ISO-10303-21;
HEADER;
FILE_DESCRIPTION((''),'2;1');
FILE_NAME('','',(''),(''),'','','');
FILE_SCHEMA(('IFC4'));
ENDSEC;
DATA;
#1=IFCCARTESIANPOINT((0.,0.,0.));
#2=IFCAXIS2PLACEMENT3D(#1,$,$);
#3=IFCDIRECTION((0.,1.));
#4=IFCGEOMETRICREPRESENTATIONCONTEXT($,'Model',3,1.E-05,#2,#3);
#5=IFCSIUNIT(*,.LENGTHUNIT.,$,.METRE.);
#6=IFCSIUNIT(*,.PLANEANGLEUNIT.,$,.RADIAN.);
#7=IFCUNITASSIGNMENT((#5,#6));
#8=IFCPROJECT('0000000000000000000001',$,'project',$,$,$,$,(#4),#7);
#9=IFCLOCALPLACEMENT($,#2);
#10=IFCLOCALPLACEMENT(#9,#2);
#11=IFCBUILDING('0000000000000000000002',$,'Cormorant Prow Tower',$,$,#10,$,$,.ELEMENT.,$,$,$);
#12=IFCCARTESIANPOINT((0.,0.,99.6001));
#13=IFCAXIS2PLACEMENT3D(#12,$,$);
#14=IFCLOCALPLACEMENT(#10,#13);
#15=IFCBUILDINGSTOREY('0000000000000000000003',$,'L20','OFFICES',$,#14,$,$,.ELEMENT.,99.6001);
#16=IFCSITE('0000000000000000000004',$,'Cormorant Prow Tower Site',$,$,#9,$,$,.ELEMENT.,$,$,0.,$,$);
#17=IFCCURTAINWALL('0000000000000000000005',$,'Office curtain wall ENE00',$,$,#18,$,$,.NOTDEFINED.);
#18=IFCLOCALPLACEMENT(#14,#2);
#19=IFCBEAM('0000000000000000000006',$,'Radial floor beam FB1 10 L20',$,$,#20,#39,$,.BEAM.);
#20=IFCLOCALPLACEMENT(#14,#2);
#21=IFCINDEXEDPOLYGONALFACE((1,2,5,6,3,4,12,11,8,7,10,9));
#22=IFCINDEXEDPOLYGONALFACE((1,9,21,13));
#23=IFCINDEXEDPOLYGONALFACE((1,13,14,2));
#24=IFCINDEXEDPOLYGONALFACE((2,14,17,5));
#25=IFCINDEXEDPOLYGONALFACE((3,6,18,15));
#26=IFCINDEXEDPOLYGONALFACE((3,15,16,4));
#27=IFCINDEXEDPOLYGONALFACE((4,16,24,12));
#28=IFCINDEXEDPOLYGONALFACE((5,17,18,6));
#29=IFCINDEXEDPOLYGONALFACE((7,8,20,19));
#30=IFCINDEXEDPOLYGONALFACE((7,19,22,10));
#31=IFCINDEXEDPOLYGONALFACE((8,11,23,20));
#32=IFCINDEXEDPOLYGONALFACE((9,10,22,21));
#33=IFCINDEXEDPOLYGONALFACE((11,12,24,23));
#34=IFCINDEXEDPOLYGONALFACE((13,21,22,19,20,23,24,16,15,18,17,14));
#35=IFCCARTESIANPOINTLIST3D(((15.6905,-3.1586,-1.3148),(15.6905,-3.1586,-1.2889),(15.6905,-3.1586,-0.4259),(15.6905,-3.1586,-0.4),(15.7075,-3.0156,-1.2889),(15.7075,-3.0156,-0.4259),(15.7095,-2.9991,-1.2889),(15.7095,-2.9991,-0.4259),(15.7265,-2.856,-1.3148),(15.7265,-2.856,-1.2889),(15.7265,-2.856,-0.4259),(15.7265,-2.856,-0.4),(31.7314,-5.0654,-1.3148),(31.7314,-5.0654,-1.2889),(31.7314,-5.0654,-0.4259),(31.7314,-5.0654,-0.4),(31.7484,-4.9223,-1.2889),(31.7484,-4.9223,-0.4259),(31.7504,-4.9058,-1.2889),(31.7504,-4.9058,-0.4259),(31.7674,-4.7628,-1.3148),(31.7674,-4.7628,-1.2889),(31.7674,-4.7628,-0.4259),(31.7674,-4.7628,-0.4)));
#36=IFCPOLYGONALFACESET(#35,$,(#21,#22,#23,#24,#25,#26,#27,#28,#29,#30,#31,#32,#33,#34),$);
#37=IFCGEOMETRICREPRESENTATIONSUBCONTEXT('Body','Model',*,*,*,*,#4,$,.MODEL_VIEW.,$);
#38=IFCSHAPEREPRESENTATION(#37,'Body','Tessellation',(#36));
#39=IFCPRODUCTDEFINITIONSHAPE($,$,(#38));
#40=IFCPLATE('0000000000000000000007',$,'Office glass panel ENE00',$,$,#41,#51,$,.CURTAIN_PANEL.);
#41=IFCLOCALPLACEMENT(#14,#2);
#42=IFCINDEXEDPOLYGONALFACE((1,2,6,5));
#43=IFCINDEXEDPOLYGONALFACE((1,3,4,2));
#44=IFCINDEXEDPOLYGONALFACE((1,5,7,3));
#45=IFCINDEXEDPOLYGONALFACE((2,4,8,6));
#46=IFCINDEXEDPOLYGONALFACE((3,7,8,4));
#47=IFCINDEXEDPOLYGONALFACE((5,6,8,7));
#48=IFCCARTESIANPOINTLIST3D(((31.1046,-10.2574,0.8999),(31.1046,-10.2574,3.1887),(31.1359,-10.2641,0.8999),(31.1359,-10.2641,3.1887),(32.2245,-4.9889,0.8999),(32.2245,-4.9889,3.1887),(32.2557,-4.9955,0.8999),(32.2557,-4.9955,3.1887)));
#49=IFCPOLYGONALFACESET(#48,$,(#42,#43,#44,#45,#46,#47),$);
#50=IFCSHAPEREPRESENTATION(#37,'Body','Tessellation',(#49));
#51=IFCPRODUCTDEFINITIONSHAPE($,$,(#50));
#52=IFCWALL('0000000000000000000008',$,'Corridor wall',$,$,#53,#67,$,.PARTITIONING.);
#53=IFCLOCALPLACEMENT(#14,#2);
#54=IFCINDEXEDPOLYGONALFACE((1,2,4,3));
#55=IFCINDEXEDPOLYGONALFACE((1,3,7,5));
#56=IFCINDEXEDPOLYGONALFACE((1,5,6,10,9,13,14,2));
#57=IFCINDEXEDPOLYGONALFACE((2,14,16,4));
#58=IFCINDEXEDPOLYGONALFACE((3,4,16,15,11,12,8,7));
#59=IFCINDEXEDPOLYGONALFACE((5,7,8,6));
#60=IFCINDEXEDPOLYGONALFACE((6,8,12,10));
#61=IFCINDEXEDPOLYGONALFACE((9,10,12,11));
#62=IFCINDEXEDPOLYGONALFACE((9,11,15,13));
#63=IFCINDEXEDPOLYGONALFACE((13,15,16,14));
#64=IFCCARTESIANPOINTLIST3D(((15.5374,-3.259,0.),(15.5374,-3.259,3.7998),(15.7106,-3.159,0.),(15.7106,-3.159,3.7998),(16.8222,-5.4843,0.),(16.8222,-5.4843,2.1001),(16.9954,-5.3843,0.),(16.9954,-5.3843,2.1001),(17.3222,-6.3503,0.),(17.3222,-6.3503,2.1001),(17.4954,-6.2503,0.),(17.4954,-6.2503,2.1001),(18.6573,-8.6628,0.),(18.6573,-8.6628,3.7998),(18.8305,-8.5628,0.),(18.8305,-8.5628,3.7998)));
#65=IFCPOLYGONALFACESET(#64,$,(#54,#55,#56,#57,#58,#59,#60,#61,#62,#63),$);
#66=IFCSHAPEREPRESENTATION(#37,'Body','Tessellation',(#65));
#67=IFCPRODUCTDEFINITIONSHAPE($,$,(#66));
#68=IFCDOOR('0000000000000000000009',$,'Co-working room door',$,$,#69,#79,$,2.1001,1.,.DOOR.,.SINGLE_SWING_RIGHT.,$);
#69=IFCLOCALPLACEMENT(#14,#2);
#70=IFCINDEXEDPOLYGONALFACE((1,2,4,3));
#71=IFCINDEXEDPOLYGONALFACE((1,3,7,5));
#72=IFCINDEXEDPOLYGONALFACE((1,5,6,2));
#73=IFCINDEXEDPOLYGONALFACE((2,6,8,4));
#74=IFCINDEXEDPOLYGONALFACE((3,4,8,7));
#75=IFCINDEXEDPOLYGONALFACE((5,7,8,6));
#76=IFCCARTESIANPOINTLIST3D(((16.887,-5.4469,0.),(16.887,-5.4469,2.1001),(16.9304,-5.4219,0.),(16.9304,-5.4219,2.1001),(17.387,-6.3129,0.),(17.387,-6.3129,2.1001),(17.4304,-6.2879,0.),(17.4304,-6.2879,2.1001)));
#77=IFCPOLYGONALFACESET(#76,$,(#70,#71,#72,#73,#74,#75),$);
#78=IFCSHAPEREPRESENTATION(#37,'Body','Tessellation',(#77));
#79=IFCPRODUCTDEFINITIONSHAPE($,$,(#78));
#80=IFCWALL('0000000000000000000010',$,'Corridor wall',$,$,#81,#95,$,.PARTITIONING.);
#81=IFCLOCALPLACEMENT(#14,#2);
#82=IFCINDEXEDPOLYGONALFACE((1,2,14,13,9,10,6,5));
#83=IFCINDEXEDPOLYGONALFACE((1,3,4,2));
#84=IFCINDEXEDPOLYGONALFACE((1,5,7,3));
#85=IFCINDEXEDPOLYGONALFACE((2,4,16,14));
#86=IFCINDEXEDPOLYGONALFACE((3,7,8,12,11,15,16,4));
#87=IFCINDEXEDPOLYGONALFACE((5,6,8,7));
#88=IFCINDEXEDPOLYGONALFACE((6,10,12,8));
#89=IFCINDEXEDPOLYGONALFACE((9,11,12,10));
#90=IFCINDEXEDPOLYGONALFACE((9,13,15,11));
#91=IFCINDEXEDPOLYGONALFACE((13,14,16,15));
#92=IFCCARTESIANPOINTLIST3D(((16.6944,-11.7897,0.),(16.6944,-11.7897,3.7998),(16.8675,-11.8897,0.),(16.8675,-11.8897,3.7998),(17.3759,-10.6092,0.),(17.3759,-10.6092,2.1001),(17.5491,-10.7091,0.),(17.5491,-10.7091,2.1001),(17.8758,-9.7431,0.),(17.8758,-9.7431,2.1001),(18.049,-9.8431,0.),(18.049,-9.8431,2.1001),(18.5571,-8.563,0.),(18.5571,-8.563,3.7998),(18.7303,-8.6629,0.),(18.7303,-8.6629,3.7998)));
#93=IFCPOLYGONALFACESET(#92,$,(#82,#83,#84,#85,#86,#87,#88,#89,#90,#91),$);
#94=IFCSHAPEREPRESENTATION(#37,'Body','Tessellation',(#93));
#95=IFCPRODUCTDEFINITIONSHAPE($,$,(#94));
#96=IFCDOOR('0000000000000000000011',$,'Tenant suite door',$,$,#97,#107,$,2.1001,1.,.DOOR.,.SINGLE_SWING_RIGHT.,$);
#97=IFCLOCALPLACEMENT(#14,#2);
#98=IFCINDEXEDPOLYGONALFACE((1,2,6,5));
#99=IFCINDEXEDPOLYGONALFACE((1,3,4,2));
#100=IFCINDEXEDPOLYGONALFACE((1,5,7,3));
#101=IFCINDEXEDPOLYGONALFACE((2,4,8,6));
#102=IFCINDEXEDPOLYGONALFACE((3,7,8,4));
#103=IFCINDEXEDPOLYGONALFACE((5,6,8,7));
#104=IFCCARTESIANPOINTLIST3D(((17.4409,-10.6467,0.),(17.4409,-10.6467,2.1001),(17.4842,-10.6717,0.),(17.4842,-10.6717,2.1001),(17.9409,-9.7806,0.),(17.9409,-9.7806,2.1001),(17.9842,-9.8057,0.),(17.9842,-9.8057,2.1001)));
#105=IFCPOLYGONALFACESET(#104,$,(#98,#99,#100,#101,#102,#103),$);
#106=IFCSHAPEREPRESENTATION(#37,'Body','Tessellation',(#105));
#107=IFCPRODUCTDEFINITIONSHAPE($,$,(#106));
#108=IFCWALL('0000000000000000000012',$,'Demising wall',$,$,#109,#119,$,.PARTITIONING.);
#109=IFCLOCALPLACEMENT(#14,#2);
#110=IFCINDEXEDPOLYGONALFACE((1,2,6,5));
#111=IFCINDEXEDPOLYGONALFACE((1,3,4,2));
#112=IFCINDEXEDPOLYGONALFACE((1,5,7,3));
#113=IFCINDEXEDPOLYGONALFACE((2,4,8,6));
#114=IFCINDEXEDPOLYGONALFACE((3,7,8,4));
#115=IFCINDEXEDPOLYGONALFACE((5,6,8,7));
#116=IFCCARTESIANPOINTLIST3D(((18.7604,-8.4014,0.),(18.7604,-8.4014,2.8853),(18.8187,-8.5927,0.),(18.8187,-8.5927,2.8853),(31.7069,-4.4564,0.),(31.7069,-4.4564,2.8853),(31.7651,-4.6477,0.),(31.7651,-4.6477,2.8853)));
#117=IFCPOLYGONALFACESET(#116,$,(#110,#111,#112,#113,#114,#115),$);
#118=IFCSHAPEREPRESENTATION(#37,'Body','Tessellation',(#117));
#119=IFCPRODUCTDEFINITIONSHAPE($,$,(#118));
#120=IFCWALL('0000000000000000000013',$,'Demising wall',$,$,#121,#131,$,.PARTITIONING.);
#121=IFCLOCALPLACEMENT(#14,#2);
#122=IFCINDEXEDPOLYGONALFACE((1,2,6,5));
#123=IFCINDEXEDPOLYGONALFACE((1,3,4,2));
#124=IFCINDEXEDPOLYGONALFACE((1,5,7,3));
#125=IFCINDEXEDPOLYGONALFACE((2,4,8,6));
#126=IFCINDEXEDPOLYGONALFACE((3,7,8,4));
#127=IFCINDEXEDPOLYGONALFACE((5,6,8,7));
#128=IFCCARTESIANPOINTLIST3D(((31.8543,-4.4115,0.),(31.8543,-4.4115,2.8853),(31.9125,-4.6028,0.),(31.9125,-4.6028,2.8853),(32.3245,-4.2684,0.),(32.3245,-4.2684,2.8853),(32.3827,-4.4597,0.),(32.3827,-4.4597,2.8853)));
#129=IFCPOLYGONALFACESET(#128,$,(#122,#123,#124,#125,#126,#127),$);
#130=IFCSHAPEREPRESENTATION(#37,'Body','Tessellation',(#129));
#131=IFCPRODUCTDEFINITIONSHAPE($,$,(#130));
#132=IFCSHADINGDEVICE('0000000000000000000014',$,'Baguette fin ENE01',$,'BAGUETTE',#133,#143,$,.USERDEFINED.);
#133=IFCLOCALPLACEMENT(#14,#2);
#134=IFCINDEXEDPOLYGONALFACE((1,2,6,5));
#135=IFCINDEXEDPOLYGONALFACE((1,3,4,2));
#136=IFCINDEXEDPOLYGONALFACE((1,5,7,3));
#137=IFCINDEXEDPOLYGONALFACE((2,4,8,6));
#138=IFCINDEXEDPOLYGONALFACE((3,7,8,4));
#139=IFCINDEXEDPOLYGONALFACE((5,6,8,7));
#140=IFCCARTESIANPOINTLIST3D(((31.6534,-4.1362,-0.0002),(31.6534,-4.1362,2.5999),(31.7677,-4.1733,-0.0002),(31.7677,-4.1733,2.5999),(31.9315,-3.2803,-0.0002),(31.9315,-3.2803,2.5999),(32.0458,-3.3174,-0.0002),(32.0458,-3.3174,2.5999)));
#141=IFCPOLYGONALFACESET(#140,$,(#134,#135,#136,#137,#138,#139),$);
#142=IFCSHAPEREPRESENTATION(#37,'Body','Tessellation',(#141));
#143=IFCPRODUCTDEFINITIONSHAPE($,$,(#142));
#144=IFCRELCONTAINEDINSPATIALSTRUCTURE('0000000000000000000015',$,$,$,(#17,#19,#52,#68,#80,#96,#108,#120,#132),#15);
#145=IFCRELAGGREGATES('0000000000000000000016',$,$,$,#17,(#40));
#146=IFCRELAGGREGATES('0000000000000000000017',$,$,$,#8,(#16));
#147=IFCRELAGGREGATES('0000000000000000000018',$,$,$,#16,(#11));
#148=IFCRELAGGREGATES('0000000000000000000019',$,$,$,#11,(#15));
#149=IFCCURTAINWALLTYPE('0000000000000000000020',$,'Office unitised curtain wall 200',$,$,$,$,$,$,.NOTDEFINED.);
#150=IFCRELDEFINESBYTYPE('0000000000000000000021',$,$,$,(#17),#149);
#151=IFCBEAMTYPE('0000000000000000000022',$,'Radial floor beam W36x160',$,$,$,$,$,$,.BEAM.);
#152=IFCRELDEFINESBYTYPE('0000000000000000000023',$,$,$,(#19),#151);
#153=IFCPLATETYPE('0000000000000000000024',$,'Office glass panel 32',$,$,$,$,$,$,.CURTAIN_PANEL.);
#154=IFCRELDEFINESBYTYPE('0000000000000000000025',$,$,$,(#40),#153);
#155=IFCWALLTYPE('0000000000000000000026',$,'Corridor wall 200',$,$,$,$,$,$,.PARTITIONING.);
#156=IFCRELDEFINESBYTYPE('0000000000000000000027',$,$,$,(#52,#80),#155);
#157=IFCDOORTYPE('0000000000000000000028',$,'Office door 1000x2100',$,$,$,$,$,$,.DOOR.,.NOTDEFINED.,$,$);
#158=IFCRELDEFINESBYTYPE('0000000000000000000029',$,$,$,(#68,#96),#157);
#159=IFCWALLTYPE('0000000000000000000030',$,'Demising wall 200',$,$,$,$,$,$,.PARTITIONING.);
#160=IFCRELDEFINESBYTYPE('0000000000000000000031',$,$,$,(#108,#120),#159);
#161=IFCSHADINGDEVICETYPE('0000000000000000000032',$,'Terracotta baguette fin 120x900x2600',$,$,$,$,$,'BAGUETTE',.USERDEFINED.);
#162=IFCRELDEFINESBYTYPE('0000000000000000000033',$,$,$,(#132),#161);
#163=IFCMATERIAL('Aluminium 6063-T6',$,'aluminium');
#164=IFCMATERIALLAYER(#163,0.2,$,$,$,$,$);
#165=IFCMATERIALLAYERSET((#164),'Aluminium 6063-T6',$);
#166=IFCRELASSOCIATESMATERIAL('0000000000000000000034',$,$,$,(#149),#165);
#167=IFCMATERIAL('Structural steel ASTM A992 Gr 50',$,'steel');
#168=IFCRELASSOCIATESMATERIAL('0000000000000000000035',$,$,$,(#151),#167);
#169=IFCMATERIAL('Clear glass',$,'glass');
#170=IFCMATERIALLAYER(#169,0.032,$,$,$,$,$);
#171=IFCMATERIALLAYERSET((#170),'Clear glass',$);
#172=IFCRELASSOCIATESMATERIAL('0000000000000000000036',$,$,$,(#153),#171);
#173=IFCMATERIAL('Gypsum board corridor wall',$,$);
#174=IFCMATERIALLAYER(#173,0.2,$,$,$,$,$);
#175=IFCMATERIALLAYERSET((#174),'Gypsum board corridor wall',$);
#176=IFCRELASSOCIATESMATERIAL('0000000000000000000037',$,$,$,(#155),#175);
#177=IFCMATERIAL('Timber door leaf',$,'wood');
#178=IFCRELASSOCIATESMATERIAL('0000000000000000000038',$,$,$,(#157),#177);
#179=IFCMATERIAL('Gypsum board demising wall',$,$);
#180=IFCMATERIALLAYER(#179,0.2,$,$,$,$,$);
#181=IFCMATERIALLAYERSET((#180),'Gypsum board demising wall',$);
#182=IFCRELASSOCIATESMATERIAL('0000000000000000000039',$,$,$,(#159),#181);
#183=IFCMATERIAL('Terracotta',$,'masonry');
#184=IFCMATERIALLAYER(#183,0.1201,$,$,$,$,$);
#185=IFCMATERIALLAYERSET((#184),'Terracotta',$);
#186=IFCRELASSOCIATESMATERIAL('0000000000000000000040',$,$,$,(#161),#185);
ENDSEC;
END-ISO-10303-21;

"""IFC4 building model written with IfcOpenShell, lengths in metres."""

from ifc_helpers import new_model, si_unit, direction, frame, frame_2d, origin, origin_2d, place, context, subcontext, project, spatial, rectangle, i_section, extrude, material, layer, layer_set, material_profile, profile_set, type_object, element, fill, aggregate, save


model = new_model("IFC4")

# Units and contexts
model_context = context("Model", 3, precision=1e-05, world=origin(), true_north=direction((0.0, 1.0)))
body_context = subcontext(model_context, "Body", "Model", "MODEL_VIEW")
ifc_project = project(units=[si_unit("LENGTHUNIT", "METRE"), si_unit("PLANEANGLEUNIT", "RADIAN")], contexts=[model_context])

# Site, building, storey
site_placement = place(None, origin())
site = spatial("IfcSite", under=ifc_project, at=site_placement, Name="Cormorant Prow Tower Site", CompositionType="ELEMENT", RefElevation=0.0)
building_placement = place(site_placement, origin())
building = spatial("IfcBuilding", under=site, at=building_placement, Name="Cormorant Prow Tower", CompositionType="ELEMENT")
storey_placement = place(building_placement, frame((0.0, 0.0, 99.6001)))
storey = spatial("IfcBuildingStorey", under=building, at=storey_placement, Name="L20", Description="OFFICES", CompositionType="ELEMENT", Elevation=99.6001)

# Curtain wall
ifc_material_1 = material(Name="Aluminium 6063-T6", Category="aluminium")
ifc_layer_1 = layer(ifc_material_1, 0.2)
ifc_layer_set_1 = layer_set([ifc_layer_1], Name="Aluminium 6063-T6")
curtain_wall_type = type_object("IfcCurtainWallType", Name="Office unitised curtain wall 200", PredefinedType="NOTDEFINED", material=ifc_layer_set_1)
curtain_wall_1_placement = place(storey_placement, origin())
curtain_wall_1 = element("IfcCurtainWall", 1, at=curtain_wall_1_placement, inside=storey, type_object=curtain_wall_type, Name="Office curtain wall ENE00", PredefinedType="NOTDEFINED")

# Beam
ifc_material_2 = material(Name="Structural steel ASTM A992 Gr 50", Category="steel")
ifc_material_profile_1 = material_profile(ifc_material_2, i_section(OverallWidth=0.3047, OverallDepth=0.9148, WebThickness=0.0166, FlangeThickness=0.0259, at=origin_2d()), Name="W36x160")
ifc_profile_set_1 = profile_set([ifc_material_profile_1], Name="Structural steel ASTM A992 Gr 50")
beam_type_1 = type_object("IfcBeamType", Name="Radial floor beam W36x160", PredefinedType="BEAM", material=ifc_profile_set_1)
beam_1_placement = place(storey_placement, frame((15.7085, -3.0073, -0.8574), z_axis=(0.993009, -0.118037, 0.0), x_axis=(0.118037, 0.993009, 0.0)))
element("IfcBeam", 2, at=beam_1_placement, inside=storey, type_object=beam_type_1, Name="Radial floor beam FB1 10 L20", PredefinedType="BEAM", context=body_context, shape_type="SweptSolid", body=[
    extrude(i_section(OverallWidth=0.3047, OverallDepth=0.9148, WebThickness=0.0166, FlangeThickness=0.0259, at=origin_2d()), origin(), (0.0, 0.0, 1.0), 16.1538),
])

# Plate
ifc_material_3 = material(Name="Clear glass", Category="glass")
ifc_layer_2 = layer(ifc_material_3, 0.032)
ifc_layer_set_2 = layer_set([ifc_layer_2], Name="Clear glass")
plate_type = type_object("IfcPlateType", Name="Office glass panel 32", PredefinedType="CURTAIN_PANEL", material=ifc_layer_set_2)
plate_placement = place(storey_placement, frame((31.6802, -7.6265, 0.8999), z_axis=(0.0, 0.0, 1.0), x_axis=(0.207912, 0.978148, 0.0)))
plate = element("IfcPlate", 3, at=plate_placement, type_object=plate_type, Name="Office glass panel ENE00", PredefinedType="CURTAIN_PANEL", context=body_context, shape_type="SweptSolid", body=[
    extrude(rectangle(XDim=5.3862, YDim=0.032, at=origin_2d()), origin(), (0.0, 0.0, 1.0), 2.2888),
])
aggregate(curtain_wall_1, [plate])

# Walls, openings, doors
ifc_material_4 = material(Name="Gypsum board corridor wall")
ifc_layer_3 = layer(ifc_material_4, 0.2)
ifc_layer_set_3 = layer_set([ifc_layer_3], Name="Gypsum board corridor wall")
wall_type_1 = type_object("IfcWallType", Name="Corridor wall 200", PredefinedType="PARTITIONING", material=ifc_layer_set_3)
wall_1_placement = place(storey_placement, frame((15.624, -3.209, 0.0), z_axis=(0.0, 0.0, 1.0), x_axis=(0.499998, -0.866027, 0.0)))
wall_1 = element("IfcWall", 4, at=wall_1_placement, inside=storey, type_object=wall_type_1, Name="Corridor wall", PredefinedType="PARTITIONING", context=body_context, shape_type="SweptSolid", body=[
    extrude(rectangle(XDim=6.2397, YDim=0.2, at=frame_2d((3.1199, 0.0))), origin(), (0.0, 0.0, 1.0), 3.7998),
])
opening_1_placement = place(wall_1_placement, frame((2.5696, 0.0, 0.0)))
opening_1 = element("IfcOpeningElement", 5, at=opening_1_placement, cuts=wall_1, PredefinedType="OPENING", context=body_context, shape_type="SweptSolid", body=[
    extrude(rectangle(XDim=1.0, YDim=2.1001, at=frame_2d((0.5, 1.05))), frame((0.0, 0.1099, 0.0), z_axis=(0.0, -1.0, 0.0), x_axis=(1.0, 0.0, 0.0)), (0.0, 0.0, 1.0), 0.22),
])
ifc_material_5 = material(Name="Timber door leaf", Category="wood")
door_type_1 = type_object("IfcDoorType", Name="Office door 1000x2100", OperationType="NOTDEFINED", PredefinedType="DOOR", material=ifc_material_5)
door_1_placement = place(opening_1_placement, origin())
door_1 = element("IfcDoor", 6, at=door_1_placement, inside=storey, type_object=door_type_1, Name="Co-working room door", OperationType="SINGLE_SWING_RIGHT", OverallHeight=2.1001, OverallWidth=1.0, PredefinedType="DOOR", context=body_context, shape_type="SweptSolid", body=[
    extrude(rectangle(XDim=1.0, YDim=2.1001, at=frame_2d((0.5, 1.05))), frame((0.0, 0.0249, 0.0), z_axis=(0.0, -1.0, 0.0), x_axis=(1.0, 0.0, 0.0)), (0.0, 0.0, 1.0), 0.05),
])
fill(opening_1, door_1)
wall_2_placement = place(storey_placement, frame((16.781, -11.8396, 0.0), z_axis=(0.0, 0.0, 1.0), x_axis=(0.499959, 0.866049, 0.0)))
wall_2 = element("IfcWall", 7, at=wall_2_placement, inside=storey, type_object=wall_type_1, Name="Corridor wall", PredefinedType="PARTITIONING", context=body_context, shape_type="SweptSolid", body=[
    extrude(rectangle(XDim=3.7258, YDim=0.2, at=frame_2d((1.8628, 0.0))), origin(), (0.0, 0.0, 1.0), 3.7998),
])
opening_2_placement = place(wall_2_placement, frame((1.363, 0.0, 0.0)))
opening_2 = element("IfcOpeningElement", 8, at=opening_2_placement, cuts=wall_2, PredefinedType="OPENING", context=body_context, shape_type="SweptSolid", body=[
    extrude(rectangle(XDim=1.0, YDim=2.1001, at=frame_2d((0.5, 1.05))), frame((0.0, 0.1099, 0.0), z_axis=(0.0, -1.0, 0.0), x_axis=(1.0, 0.0, 0.0)), (0.0, 0.0, 1.0), 0.22),
])
door_2_placement = place(opening_2_placement, origin())
door_2 = element("IfcDoor", 9, at=door_2_placement, inside=storey, type_object=door_type_1, Name="Tenant suite door", OperationType="SINGLE_SWING_RIGHT", OverallHeight=2.1001, OverallWidth=1.0, PredefinedType="DOOR", context=body_context, shape_type="SweptSolid", body=[
    extrude(rectangle(XDim=1.0, YDim=2.1001, at=frame_2d((0.5, 1.05))), frame((0.0, 0.0249, 0.0), z_axis=(0.0, -1.0, 0.0), x_axis=(1.0, 0.0, 0.0)), (0.0, 0.0, 1.0), 0.05),
])
fill(opening_2, door_2)

# Walls
ifc_material_6 = material(Name="Gypsum board demising wall")
ifc_layer_4 = layer(ifc_material_6, 0.2)
ifc_layer_set_4 = layer_set([ifc_layer_4], Name="Gypsum board demising wall")
wall_type_2 = type_object("IfcWallType", Name="Demising wall 200", PredefinedType="PARTITIONING", material=ifc_layer_set_4)
wall_3_placement = place(storey_placement, frame((18.7896, -8.4971, 0.0), z_axis=(0.0, 0.0, 1.0), x_axis=(0.956575, 0.291487, 0.0)))
element("IfcWall", 10, at=wall_3_placement, inside=storey, type_object=wall_type_2, Name="Demising wall", PredefinedType="PARTITIONING", context=body_context, shape_type="SweptSolid", body=[
    extrude(rectangle(XDim=13.5342, YDim=0.2, at=frame_2d((6.7671, 0.0))), origin(), (0.0, 0.0, 1.0), 2.8853),
])
wall_4_placement = place(storey_placement, frame((31.8835, -4.5071, 0.0), z_axis=(0.0, 0.0, 1.0), x_axis=(0.956698, 0.291083, 0.0)))
element("IfcWall", 11, at=wall_4_placement, inside=storey, type_object=wall_type_2, Name="Demising wall", PredefinedType="PARTITIONING", context=body_context, shape_type="SweptSolid", body=[
    extrude(rectangle(XDim=0.4915, YDim=0.2, at=frame_2d((0.2456, 0.0))), origin(), (0.0, 0.0, 1.0), 2.8853),
])

# Shading device
ifc_material_7 = material(Name="Terracotta", Category="masonry")
ifc_layer_5 = layer(ifc_material_7, 0.1201)
ifc_layer_set_5 = layer_set([ifc_layer_5], Name="Terracotta")
shading_device_type = type_object("IfcShadingDeviceType", Name="Terracotta baguette fin 120x900x2600", ElementType="BAGUETTE", PredefinedType="USERDEFINED", material=ifc_layer_set_5)
shading_device_placement = place(storey_placement, frame((31.8496, -3.7268, -0.0002), z_axis=(0.0, 0.0, 1.0), x_axis=(-0.951057, 0.309017, 0.0)))
element("IfcShadingDevice", 12, at=shading_device_placement, inside=storey, type_object=shading_device_type, Name="Baguette fin ENE01", ObjectType="BAGUETTE", PredefinedType="USERDEFINED", context=body_context, shape_type="SweptSolid", body=[
    extrude(rectangle(XDim=0.1201, YDim=0.8999, at=origin_2d()), origin(), (0.0, 0.0, 1.0), 2.6001),
])

save(model, "model.ifc")
